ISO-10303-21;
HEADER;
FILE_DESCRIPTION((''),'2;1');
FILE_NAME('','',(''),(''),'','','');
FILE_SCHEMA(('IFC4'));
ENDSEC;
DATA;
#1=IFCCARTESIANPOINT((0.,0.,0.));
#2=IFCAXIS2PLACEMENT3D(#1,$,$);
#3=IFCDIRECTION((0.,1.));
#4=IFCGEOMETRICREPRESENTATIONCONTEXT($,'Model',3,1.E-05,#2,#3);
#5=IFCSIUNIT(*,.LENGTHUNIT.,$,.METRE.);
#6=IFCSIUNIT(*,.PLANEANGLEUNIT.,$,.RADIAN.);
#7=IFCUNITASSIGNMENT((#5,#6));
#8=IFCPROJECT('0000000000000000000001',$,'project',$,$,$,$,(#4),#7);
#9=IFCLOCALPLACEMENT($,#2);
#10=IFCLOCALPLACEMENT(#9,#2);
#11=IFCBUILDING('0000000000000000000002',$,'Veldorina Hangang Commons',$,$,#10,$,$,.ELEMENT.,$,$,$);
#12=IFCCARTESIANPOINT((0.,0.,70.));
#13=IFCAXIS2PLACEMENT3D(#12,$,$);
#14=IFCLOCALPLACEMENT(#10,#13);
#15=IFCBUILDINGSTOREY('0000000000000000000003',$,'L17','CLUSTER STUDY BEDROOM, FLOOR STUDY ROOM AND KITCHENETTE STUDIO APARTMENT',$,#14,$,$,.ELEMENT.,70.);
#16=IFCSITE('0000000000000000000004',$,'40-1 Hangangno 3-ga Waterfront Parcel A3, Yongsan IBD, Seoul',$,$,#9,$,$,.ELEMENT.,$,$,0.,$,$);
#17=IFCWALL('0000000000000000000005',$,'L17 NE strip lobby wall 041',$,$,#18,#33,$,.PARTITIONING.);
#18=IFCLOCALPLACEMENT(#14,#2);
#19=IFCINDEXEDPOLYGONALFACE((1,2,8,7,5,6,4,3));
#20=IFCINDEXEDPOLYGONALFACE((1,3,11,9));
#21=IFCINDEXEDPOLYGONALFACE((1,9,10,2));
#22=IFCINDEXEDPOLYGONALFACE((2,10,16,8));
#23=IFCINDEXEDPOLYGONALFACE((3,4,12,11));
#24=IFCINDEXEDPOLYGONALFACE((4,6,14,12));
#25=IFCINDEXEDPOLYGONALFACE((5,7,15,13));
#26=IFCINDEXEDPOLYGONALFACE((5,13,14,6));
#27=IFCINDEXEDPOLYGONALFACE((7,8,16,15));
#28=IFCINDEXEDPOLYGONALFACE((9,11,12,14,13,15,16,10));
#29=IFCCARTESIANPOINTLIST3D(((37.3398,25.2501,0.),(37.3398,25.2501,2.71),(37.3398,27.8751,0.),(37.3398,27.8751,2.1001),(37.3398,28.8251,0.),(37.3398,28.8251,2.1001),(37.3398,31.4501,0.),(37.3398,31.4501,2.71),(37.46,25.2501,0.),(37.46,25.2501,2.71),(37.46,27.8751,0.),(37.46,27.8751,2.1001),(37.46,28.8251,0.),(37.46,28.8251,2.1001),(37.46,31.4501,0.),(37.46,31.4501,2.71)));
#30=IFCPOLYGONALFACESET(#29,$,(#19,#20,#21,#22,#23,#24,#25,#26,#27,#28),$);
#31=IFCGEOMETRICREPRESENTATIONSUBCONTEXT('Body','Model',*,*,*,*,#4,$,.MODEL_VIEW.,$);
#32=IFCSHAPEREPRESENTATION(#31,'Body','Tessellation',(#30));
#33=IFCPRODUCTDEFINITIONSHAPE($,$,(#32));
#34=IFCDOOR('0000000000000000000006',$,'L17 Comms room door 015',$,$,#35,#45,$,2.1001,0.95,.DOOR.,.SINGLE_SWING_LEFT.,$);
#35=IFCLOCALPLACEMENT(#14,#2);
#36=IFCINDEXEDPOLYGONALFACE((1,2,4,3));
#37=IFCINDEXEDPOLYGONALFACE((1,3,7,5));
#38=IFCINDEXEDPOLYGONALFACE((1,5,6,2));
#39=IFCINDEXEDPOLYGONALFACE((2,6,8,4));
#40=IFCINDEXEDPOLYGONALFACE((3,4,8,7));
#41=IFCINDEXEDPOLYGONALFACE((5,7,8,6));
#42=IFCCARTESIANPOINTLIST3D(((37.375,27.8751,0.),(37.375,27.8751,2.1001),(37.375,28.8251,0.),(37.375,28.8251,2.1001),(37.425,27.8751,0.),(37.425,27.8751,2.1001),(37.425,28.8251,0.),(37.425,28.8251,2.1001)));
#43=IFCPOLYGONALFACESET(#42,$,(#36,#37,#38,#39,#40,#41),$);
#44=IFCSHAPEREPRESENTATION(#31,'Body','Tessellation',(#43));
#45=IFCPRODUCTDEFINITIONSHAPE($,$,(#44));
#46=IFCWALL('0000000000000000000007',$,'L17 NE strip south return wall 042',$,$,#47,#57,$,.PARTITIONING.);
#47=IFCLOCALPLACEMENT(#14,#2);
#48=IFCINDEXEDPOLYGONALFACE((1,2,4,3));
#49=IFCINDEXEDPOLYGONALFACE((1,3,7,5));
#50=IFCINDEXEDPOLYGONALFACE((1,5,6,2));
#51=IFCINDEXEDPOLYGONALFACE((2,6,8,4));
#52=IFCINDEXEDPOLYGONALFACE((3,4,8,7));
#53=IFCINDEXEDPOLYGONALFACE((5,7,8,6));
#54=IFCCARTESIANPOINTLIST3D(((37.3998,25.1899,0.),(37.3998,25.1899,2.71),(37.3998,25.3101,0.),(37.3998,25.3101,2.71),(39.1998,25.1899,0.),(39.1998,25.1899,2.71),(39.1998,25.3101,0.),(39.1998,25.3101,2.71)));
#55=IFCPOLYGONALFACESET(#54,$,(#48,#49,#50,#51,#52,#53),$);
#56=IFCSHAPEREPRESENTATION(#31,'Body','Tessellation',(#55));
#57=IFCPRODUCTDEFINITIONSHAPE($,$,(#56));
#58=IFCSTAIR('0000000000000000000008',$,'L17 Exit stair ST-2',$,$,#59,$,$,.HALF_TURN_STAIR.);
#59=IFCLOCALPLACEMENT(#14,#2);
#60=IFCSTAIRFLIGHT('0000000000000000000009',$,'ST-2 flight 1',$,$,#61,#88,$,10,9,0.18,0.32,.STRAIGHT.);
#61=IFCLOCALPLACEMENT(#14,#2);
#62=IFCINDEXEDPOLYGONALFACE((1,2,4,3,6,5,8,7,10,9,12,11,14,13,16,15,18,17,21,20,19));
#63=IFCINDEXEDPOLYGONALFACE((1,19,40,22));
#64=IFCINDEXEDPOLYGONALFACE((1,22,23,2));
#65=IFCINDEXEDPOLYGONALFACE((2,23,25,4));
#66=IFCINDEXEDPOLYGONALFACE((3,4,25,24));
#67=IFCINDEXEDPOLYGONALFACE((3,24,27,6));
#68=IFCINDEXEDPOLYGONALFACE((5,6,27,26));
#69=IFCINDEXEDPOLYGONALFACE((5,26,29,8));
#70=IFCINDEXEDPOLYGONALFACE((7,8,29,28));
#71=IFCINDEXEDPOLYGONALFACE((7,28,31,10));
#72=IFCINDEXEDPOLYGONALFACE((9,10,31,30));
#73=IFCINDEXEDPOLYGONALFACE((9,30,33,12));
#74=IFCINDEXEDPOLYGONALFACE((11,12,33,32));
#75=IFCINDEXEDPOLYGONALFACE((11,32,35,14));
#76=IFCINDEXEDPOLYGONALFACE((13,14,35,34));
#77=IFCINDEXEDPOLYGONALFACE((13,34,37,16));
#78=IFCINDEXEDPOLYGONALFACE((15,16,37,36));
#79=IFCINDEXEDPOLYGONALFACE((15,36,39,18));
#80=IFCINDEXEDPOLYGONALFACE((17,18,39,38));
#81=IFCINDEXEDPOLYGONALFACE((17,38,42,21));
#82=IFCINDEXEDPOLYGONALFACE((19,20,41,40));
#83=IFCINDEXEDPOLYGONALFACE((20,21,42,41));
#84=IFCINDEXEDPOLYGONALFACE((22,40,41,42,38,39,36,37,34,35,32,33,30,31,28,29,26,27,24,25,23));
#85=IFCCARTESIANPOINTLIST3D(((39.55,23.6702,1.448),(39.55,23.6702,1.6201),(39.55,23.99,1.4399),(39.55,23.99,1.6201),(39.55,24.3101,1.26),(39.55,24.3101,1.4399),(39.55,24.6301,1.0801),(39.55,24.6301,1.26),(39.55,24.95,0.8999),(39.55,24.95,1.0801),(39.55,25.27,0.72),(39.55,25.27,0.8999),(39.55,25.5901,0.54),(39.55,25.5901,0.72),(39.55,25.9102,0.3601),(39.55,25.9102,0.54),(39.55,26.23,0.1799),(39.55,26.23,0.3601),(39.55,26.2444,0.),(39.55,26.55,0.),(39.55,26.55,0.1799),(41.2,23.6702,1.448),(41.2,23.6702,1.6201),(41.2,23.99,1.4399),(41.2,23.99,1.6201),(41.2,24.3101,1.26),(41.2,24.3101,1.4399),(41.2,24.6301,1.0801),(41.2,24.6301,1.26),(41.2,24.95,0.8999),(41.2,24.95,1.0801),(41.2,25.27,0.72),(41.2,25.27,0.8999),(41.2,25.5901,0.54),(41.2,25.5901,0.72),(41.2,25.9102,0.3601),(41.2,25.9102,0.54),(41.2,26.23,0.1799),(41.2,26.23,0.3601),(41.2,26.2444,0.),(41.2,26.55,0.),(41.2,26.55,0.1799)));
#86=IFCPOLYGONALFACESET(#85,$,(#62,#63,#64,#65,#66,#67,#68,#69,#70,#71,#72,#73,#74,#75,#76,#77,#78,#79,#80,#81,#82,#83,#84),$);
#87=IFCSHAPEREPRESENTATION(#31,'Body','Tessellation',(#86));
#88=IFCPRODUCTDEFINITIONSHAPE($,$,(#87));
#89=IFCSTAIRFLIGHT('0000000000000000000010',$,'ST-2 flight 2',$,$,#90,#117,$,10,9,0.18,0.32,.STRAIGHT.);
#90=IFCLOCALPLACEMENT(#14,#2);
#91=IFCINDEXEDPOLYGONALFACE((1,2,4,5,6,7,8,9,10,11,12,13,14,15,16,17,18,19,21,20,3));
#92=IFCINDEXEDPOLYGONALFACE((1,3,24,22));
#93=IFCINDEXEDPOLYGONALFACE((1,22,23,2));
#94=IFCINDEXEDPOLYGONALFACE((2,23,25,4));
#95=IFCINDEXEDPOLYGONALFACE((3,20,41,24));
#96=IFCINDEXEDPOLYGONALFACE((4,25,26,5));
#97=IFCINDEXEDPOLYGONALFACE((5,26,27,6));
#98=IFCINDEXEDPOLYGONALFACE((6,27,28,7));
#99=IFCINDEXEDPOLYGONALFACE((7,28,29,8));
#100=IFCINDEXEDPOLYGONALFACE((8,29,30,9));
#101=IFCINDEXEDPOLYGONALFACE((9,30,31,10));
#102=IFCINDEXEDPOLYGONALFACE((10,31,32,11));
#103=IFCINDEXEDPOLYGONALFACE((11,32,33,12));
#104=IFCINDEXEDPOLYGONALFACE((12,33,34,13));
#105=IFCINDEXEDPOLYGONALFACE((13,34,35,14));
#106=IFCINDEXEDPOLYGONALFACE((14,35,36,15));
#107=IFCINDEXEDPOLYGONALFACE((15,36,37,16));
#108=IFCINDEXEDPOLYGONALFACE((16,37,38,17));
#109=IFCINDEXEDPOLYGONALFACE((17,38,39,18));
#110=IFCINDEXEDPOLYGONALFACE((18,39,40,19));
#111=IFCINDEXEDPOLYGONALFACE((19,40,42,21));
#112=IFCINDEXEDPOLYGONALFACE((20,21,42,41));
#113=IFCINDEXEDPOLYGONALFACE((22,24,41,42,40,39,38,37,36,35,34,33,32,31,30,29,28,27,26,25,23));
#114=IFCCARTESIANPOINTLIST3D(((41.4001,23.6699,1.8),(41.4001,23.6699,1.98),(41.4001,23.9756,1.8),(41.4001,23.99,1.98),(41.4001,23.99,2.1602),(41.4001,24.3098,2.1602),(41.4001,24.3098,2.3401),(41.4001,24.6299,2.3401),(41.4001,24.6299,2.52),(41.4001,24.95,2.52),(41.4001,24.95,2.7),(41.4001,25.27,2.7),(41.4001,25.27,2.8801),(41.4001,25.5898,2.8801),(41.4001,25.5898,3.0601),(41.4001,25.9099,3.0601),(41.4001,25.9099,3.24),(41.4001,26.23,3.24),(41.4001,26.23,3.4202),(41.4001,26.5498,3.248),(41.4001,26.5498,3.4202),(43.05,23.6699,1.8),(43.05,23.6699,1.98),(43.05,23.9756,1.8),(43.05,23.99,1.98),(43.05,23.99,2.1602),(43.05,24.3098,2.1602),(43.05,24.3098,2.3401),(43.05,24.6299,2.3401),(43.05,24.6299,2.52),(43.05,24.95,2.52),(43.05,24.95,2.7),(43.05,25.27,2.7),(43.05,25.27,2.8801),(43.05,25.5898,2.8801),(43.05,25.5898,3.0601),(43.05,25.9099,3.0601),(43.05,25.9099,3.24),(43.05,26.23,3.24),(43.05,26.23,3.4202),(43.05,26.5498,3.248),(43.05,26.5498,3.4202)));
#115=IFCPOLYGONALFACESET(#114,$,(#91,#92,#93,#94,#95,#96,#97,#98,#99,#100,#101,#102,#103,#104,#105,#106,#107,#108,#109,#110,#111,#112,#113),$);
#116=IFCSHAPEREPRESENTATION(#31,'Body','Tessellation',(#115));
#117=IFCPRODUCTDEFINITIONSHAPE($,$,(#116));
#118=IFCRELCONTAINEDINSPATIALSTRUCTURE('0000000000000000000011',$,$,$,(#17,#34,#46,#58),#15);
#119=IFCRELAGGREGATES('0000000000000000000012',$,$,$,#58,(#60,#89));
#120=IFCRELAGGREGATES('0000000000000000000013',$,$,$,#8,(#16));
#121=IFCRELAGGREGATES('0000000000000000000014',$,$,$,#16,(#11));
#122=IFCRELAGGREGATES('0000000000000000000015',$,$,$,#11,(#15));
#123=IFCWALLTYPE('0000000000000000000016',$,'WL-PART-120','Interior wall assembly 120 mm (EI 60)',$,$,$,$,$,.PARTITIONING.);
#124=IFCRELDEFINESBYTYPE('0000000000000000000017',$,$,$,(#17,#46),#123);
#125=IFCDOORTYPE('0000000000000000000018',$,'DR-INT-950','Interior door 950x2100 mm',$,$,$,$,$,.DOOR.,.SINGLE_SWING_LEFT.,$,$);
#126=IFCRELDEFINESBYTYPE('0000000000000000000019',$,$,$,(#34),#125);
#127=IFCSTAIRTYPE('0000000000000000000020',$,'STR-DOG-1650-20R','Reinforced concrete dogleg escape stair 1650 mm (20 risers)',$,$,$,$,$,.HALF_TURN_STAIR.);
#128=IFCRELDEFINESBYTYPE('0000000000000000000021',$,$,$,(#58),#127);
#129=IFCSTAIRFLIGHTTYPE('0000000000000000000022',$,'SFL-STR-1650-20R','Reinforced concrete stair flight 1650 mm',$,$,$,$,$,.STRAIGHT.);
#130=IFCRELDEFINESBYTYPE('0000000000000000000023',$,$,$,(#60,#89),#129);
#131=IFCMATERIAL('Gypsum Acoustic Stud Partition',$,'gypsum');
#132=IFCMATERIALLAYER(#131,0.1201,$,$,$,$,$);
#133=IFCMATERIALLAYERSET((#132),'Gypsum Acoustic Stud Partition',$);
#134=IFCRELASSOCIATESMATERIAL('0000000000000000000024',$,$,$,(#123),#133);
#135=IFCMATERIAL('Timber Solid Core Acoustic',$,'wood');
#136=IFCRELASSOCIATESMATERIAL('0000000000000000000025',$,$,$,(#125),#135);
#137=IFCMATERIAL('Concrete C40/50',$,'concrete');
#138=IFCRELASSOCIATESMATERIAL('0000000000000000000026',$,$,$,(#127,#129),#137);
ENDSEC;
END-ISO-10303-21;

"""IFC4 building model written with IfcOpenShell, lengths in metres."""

from ifc_helpers import new_model, si_unit, direction, frame, frame_2d, origin, place, context, subcontext, project, spatial, polyline, rectangle, outline, extrude, material, layer, layer_set, type_object, element, fill, aggregate, save


model = new_model("IFC4")

# Units and contexts
model_context = context("Model", 3, precision=1e-05, world=origin(), true_north=direction((0.0, 1.0)))
body_context = subcontext(model_context, "Body", "Model", "MODEL_VIEW")
ifc_project = project(units=[si_unit("LENGTHUNIT", "METRE"), si_unit("PLANEANGLEUNIT", "RADIAN")], contexts=[model_context])

# Site, building, storey
site_placement = place(None, origin())
site = spatial("IfcSite", under=ifc_project, at=site_placement, Name="40-1 Hangangno 3-ga Waterfront Parcel A3, Yongsan IBD, Seoul", CompositionType="ELEMENT", RefElevation=0.0)
building_placement = place(site_placement, origin())
building = spatial("IfcBuilding", under=site, at=building_placement, Name="Veldorina Hangang Commons", CompositionType="ELEMENT")
storey_placement = place(building_placement, frame((0.0, 0.0, 70.0)))
storey = spatial("IfcBuildingStorey", under=building, at=storey_placement, Name="L17", Description="CLUSTER STUDY BEDROOM, FLOOR STUDY ROOM AND KITCHENETTE STUDIO APARTMENT", CompositionType="ELEMENT", Elevation=70.0)

# Wall, opening, door
ifc_material_1 = material(Name="Gypsum Acoustic Stud Partition", Category="gypsum")
ifc_layer_1 = layer(ifc_material_1, 0.1201)
ifc_layer_set_1 = layer_set([ifc_layer_1], Name="Gypsum Acoustic Stud Partition")
wall_type_1 = type_object("IfcWallType", Name="WL-PART-120", Description="Interior wall assembly 120 mm (EI 60)", PredefinedType="PARTITIONING", material=ifc_layer_set_1)
wall_1_placement = place(storey_placement, frame((37.3999, 25.25, 0.0), z_axis=(0.0, 0.0, 1.0), x_axis=(0.0, 1.0, 0.0)))
wall_1 = element("IfcWall", 1, at=wall_1_placement, inside=storey, type_object=wall_type_1, Name="L17 NE strip lobby wall 041", PredefinedType="PARTITIONING", context=body_context, shape_type="SweptSolid", body=[
    extrude(rectangle(XDim=6.2, YDim=0.1201, at=frame_2d((3.1001, 0.0))), origin(), (0.0, 0.0, 1.0), 2.71),
])
opening_1_placement = place(wall_1_placement, frame((2.625, 0.0, 0.0)))
opening_1 = element("IfcOpeningElement", 2, at=opening_1_placement, cuts=wall_1, PredefinedType="OPENING", context=body_context, shape_type="SweptSolid", body=[
    extrude(rectangle(XDim=0.95, YDim=2.1001, at=frame_2d((0.4751, 1.05))), frame((0.0, 0.0701, 0.0), z_axis=(0.0, -1.0, 0.0), x_axis=(1.0, 0.0, 0.0)), (0.0, 0.0, 1.0), 0.1401),
])
ifc_material_2 = material(Name="Timber Solid Core Acoustic", Category="wood")
door_type_1 = type_object("IfcDoorType", Name="DR-INT-950", Description="Interior door 950x2100 mm", OperationType="SINGLE_SWING_LEFT", PredefinedType="DOOR", material=ifc_material_2)
door_1_placement = place(opening_1_placement, origin())
door_1 = element("IfcDoor", 3, at=door_1_placement, inside=storey, type_object=door_type_1, Name="L17 Comms room door 015", OperationType="SINGLE_SWING_LEFT", OverallHeight=2.1001, OverallWidth=0.95, PredefinedType="DOOR", context=body_context, shape_type="SweptSolid", body=[
    extrude(rectangle(XDim=0.95, YDim=2.1001, at=frame_2d((0.4751, 1.05))), frame((0.0, 0.0249, 0.0), z_axis=(0.0, -1.0, 0.0), x_axis=(1.0, 0.0, 0.0)), (0.0, 0.0, 1.0), 0.05),
])
fill(opening_1, door_1)

# Wall
wall_2_placement = place(storey_placement, frame((37.3999, 25.25, 0.0), z_axis=(0.0, 0.0, 1.0), x_axis=(1.0, 0.0, 0.0)))
element("IfcWall", 4, at=wall_2_placement, inside=storey, type_object=wall_type_1, Name="L17 NE strip south return wall 042", PredefinedType="PARTITIONING", context=body_context, shape_type="SweptSolid", body=[
    extrude(rectangle(XDim=1.8, YDim=0.1201, at=frame_2d((0.8999, 0.0))), origin(), (0.0, 0.0, 1.0), 2.71),
])

# Stair, stair flights
ifc_material_3 = material(Name="Concrete C40/50", Category="concrete")
stair_type = type_object("IfcStairType", Name="STR-DOG-1650-20R", Description="Reinforced concrete dogleg escape stair 1650 mm (20 risers)", PredefinedType="HALF_TURN_STAIR", material=ifc_material_3)
stair_placement = place(storey_placement, origin())
stair = element("IfcStair", 5, at=stair_placement, inside=storey, type_object=stair_type, Name="L17 Exit stair ST-2", PredefinedType="HALF_TURN_STAIR")
stair_flight_type = type_object("IfcStairFlightType", Name="SFL-STR-1650-20R", Description="Reinforced concrete stair flight 1650 mm", PredefinedType="STRAIGHT", material=ifc_material_3)
stair_flight_1_placement = place(storey_placement, frame((40.375, 26.55, 0.0), z_axis=(0.0, 0.0, 1.0), x_axis=(0.0, -1.0, 0.0)))
stair_flight_1 = element("IfcStairFlight", 6, at=stair_flight_1_placement, type_object=stair_flight_type, Name="ST-2 flight 1", NumberOfRisers=10, NumberOfTreads=9, PredefinedType="STRAIGHT", RiserHeight=0.18, TreadLength=0.32, context=body_context, shape_type="SweptSolid", body=[
    extrude(outline(polyline([(0.0, 0.0), (0.0, 0.1799), (0.3201, 0.1799), (0.3201, 0.3601), (0.6399, 0.3601), (0.6399, 0.54), (0.96, 0.54), (0.96, 0.72), (1.28, 0.72), (1.28, 0.8999), (1.6001, 0.8999), (1.6001, 1.0801), (1.9199, 1.0801), (1.9199, 1.26), (2.24, 1.26), (2.24, 1.4399), (2.5601, 1.4399), (2.5601, 1.6201), (2.8799, 1.6201), (2.8799, 1.8), (2.8799, 1.448), (0.3057, 0.0), (0.0, 0.0)])), frame((0.0, 0.825, 0.0), z_axis=(0.0, -1.0, 0.0), x_axis=(1.0, 0.0, 0.0)), (0.0, 0.0, 1.0), 1.6499),
])
stair_flight_2_placement = place(storey_placement, frame((42.2251, 23.6699, 1.8), z_axis=(0.0, 0.0, 1.0), x_axis=(0.0, 1.0, 0.0)))
stair_flight_2 = element("IfcStairFlight", 7, at=stair_flight_2_placement, type_object=stair_flight_type, Name="ST-2 flight 2", NumberOfRisers=10, NumberOfTreads=9, PredefinedType="STRAIGHT", RiserHeight=0.18, TreadLength=0.32, context=body_context, shape_type="SweptSolid", body=[
    extrude(outline(polyline([(0.0, 0.0), (0.0, 0.1799), (0.3201, 0.1799), (0.3201, 0.3601), (0.6399, 0.3601), (0.6399, 0.54), (0.96, 0.54), (0.96, 0.72), (1.28, 0.72), (1.28, 0.8999), (1.6001, 0.8999), (1.6001, 1.0801), (1.9199, 1.0801), (1.9199, 1.26), (2.24, 1.26), (2.24, 1.4399), (2.5601, 1.4399), (2.5601, 1.6201), (2.8799, 1.6201), (2.8799, 1.8), (2.8799, 1.448), (0.3057, 0.0), (0.0, 0.0)])), frame((0.0, 0.825, 0.0), z_axis=(0.0, -1.0, 0.0), x_axis=(1.0, 0.0, 0.0)), (0.0, 0.0, 1.0), 1.6499),
])
aggregate(stair, [stair_flight_1, stair_flight_2])

save(model, "model.ifc")
